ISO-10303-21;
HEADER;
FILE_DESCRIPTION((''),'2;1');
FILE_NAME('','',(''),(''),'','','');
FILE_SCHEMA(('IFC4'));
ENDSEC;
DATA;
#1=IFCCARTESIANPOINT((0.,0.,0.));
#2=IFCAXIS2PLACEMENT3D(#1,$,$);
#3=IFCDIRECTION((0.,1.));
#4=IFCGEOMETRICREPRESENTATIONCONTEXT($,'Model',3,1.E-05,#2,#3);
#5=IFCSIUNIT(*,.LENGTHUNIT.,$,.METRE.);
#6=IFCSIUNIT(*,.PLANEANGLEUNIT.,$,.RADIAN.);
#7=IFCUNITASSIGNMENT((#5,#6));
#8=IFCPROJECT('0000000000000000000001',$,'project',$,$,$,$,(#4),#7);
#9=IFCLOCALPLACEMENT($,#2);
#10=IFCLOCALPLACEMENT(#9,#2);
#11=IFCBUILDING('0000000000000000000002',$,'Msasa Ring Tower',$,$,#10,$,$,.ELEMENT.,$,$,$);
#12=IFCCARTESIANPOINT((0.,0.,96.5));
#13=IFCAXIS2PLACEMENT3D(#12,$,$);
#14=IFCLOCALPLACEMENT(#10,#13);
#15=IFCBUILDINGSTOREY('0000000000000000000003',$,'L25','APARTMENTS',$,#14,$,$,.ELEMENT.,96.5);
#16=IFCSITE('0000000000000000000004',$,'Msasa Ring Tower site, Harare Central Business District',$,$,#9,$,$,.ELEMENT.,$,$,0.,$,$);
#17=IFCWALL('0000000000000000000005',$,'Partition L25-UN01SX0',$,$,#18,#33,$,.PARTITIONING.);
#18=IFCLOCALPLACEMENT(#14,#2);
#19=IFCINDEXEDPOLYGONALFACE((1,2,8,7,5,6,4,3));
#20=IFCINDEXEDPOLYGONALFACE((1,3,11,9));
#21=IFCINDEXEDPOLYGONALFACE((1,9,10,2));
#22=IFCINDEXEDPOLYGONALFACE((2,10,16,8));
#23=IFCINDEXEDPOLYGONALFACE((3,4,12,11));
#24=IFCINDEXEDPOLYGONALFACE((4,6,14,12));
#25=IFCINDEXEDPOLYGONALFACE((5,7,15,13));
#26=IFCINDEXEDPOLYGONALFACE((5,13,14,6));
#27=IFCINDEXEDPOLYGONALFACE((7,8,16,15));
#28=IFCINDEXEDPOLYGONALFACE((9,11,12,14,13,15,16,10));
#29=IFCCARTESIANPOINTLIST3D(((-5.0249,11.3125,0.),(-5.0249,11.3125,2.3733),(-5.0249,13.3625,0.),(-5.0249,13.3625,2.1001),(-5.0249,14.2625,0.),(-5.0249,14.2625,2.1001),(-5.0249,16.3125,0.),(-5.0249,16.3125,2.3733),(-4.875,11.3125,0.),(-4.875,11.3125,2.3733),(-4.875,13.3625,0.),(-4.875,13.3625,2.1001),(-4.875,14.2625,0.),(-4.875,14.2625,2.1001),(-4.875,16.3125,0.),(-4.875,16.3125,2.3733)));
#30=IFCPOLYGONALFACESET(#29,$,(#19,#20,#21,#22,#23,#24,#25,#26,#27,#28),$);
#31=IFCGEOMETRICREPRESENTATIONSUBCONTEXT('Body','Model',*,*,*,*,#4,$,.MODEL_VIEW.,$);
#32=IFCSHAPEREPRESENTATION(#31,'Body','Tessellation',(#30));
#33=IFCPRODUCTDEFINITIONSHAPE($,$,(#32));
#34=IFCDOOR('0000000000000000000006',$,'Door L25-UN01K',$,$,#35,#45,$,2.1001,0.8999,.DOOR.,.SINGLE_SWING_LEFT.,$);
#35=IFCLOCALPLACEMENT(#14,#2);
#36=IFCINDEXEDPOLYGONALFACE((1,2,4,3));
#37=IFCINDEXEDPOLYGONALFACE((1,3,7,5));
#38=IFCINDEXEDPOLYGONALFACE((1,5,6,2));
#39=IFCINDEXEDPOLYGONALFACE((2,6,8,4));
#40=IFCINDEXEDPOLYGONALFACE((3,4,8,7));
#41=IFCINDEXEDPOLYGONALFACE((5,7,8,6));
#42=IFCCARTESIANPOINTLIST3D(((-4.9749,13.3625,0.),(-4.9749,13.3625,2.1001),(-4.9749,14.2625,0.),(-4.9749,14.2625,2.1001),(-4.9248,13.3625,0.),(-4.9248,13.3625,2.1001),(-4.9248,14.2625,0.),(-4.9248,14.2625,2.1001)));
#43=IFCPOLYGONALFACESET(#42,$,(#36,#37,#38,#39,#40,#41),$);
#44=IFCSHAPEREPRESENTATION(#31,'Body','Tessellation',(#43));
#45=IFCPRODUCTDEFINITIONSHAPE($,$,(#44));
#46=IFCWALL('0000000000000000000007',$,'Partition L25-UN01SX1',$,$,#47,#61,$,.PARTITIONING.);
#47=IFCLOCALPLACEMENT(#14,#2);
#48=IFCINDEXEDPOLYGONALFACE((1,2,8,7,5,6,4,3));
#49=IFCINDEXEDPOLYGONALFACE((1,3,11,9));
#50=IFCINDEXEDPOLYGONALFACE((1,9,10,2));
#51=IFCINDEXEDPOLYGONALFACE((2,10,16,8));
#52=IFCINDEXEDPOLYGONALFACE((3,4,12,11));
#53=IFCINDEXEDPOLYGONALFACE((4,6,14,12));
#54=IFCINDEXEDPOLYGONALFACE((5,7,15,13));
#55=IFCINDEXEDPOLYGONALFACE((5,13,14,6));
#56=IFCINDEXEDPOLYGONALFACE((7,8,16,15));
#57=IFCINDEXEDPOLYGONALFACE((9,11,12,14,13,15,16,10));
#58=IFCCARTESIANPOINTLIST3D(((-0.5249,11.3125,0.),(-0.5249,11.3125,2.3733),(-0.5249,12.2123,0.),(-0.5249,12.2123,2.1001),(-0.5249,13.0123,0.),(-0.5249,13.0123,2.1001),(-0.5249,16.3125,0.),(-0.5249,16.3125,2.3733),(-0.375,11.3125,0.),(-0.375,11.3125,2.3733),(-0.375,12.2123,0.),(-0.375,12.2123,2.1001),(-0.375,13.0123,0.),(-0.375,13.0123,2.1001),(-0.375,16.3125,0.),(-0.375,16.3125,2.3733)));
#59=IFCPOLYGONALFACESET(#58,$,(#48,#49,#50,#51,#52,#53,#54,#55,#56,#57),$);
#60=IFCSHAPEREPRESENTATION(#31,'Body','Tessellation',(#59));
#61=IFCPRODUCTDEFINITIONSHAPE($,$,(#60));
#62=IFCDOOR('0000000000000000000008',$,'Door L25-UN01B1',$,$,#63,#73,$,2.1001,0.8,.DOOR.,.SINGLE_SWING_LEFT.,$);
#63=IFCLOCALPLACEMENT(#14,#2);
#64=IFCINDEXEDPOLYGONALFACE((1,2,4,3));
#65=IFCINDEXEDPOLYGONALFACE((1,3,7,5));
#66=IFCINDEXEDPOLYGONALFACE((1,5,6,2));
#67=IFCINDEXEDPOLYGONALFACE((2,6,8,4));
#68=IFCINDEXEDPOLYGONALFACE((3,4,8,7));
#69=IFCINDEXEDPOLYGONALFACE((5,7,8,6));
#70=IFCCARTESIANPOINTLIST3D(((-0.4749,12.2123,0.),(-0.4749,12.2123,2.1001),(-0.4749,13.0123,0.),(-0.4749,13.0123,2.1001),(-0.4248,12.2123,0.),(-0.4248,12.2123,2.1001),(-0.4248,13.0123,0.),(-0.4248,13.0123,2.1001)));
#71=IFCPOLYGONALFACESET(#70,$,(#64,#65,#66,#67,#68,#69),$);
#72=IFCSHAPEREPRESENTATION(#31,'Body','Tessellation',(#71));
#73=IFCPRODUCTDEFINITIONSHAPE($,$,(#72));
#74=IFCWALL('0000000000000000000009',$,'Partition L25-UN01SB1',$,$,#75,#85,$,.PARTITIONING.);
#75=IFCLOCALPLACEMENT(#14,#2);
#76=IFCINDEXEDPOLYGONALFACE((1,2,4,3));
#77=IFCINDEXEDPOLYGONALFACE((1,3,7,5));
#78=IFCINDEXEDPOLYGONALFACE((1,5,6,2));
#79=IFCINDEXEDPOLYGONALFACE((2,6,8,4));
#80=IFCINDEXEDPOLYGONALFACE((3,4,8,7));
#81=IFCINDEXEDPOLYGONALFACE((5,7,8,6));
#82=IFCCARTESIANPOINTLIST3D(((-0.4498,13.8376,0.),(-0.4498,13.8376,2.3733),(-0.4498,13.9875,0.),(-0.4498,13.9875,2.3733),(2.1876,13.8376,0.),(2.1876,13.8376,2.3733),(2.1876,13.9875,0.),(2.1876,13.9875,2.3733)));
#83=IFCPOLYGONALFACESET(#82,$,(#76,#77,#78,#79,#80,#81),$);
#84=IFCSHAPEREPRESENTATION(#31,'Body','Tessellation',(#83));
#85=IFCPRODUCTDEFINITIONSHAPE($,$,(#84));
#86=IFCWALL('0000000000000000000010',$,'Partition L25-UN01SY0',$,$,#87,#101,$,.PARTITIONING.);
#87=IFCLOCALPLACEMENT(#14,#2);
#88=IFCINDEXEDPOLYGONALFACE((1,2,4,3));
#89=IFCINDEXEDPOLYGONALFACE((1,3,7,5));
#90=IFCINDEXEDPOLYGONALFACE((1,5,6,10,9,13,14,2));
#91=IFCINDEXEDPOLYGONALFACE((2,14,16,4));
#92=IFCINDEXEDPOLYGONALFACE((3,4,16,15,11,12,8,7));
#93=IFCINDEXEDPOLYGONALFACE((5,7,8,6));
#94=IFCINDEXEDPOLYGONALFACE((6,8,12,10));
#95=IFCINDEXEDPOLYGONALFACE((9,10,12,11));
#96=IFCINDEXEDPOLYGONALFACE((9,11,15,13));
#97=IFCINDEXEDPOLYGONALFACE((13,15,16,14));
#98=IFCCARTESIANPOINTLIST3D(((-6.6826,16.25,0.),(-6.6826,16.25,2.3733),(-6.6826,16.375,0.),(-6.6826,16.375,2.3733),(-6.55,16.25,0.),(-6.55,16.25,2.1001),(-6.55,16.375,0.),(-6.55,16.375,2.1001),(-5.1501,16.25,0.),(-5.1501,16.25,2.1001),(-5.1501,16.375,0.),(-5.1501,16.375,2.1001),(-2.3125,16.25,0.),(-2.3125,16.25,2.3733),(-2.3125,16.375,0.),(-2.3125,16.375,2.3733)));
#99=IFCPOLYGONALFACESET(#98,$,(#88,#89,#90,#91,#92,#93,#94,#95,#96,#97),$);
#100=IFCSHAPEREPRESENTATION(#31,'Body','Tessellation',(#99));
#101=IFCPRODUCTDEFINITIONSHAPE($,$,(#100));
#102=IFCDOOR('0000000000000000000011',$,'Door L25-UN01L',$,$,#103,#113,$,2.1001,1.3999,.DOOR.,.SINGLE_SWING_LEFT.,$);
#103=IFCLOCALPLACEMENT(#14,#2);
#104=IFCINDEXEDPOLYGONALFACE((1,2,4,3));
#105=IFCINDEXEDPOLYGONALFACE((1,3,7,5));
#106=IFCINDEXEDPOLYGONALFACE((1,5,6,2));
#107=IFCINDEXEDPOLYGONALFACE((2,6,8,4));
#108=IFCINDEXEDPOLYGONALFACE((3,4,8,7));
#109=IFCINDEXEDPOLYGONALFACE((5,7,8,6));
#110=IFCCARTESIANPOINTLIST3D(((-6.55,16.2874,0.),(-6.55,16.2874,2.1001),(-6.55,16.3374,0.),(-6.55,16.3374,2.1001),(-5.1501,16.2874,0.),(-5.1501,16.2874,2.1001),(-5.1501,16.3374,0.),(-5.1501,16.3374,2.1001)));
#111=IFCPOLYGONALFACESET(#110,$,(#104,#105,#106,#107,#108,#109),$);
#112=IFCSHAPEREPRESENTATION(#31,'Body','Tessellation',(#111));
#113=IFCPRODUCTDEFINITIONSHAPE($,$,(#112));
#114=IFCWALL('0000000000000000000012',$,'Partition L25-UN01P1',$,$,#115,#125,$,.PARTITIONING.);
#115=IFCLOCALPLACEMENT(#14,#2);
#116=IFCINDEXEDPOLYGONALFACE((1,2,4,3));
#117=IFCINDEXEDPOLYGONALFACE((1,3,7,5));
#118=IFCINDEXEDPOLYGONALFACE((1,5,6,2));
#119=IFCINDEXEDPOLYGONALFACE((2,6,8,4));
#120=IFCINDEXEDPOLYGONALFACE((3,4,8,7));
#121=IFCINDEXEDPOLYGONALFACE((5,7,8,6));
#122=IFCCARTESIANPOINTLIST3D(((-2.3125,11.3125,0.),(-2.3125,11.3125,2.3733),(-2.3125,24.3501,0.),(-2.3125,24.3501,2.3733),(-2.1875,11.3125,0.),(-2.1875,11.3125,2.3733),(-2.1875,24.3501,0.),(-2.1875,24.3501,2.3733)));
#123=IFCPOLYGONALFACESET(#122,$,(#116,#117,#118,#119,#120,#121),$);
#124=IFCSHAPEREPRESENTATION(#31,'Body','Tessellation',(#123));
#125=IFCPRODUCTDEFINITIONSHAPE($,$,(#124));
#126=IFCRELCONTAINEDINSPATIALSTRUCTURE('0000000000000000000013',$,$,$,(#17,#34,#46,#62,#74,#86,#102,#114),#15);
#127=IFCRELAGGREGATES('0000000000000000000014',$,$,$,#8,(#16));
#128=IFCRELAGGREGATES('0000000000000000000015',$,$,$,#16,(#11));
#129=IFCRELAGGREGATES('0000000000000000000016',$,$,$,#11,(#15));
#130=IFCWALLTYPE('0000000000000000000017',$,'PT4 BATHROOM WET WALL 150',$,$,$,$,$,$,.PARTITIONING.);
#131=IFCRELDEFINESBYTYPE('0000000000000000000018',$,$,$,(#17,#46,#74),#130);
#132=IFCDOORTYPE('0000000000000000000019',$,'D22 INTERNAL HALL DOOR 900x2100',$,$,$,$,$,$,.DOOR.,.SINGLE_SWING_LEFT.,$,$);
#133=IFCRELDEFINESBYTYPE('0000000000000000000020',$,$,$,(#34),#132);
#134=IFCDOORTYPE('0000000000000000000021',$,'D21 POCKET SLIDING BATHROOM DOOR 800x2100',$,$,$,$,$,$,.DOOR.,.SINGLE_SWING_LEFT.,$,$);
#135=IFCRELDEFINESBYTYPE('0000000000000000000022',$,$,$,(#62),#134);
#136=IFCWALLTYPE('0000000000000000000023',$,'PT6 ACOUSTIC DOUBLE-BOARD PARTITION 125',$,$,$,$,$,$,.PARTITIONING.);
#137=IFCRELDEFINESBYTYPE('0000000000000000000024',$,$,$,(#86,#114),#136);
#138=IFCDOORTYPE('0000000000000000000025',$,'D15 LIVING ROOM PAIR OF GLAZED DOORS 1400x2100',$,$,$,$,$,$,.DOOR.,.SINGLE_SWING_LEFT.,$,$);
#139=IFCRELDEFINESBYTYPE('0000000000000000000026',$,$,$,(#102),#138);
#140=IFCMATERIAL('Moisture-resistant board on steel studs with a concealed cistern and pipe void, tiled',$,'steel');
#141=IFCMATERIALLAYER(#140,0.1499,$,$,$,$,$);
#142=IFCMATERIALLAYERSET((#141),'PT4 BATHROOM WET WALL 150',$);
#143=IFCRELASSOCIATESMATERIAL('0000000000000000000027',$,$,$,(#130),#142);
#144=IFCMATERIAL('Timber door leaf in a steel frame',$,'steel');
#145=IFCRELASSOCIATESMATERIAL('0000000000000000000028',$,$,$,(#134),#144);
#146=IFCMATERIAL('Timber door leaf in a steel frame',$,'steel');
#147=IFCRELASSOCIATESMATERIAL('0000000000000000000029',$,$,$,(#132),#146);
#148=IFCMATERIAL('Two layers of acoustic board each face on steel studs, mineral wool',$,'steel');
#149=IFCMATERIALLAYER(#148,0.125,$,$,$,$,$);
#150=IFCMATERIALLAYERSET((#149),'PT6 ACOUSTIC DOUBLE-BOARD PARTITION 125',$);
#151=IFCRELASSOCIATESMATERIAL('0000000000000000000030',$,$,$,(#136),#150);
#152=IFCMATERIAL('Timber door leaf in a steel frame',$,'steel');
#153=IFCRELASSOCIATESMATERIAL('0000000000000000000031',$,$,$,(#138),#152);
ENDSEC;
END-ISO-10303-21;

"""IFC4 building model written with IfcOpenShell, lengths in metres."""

from ifc_helpers import new_model, si_unit, direction, frame, frame_2d, origin, place, context, subcontext, project, spatial, rectangle, extrude, material, layer, layer_set, type_object, element, fill, save


model = new_model("IFC4")

# Units and contexts
model_context = context("Model", 3, precision=1e-05, world=origin(), true_north=direction((0.0, 1.0)))
body_context = subcontext(model_context, "Body", "Model", "MODEL_VIEW")
ifc_project = project(units=[si_unit("LENGTHUNIT", "METRE"), si_unit("PLANEANGLEUNIT", "RADIAN")], contexts=[model_context])

# Site, building, storey
site_placement = place(None, origin())
site = spatial("IfcSite", under=ifc_project, at=site_placement, Name="Msasa Ring Tower site, Harare Central Business District", CompositionType="ELEMENT", RefElevation=0.0)
building_placement = place(site_placement, origin())
building = spatial("IfcBuilding", under=site, at=building_placement, Name="Msasa Ring Tower", CompositionType="ELEMENT")
storey_placement = place(building_placement, frame((0.0, 0.0, 96.5)))
storey = spatial("IfcBuildingStorey", under=building, at=storey_placement, Name="L25", Description="APARTMENTS", CompositionType="ELEMENT", Elevation=96.5)

# Shared definitions
ifc_material_1 = material(Name="Moisture-resistant board on steel studs with a concealed cistern and pipe void, tiled", Category="steel")
ifc_layer_1 = layer(ifc_material_1, 0.1499)
ifc_layer_set_1 = layer_set([ifc_layer_1], Name="PT4 BATHROOM WET WALL 150")
wall_type_1 = type_object("IfcWallType", Name="PT4 BATHROOM WET WALL 150", PredefinedType="PARTITIONING", material=ifc_layer_set_1)
ifc_material_2 = material(Name="Timber door leaf in a steel frame", Category="steel")
door_type_1 = type_object("IfcDoorType", Name="D21 POCKET SLIDING BATHROOM DOOR 800x2100", OperationType="SINGLE_SWING_LEFT", PredefinedType="DOOR", material=ifc_material_2)

# Walls, openings, doors
wall_1_placement = place(storey_placement, frame((-4.95, 11.3125, 0.0), z_axis=(0.0, 0.0, 1.0), x_axis=(0.0, 1.0, 0.0)))
wall_1 = element("IfcWall", 1, at=wall_1_placement, inside=storey, type_object=wall_type_1, Name="Partition L25-UN01SX0", PredefinedType="PARTITIONING", context=body_context, shape_type="SweptSolid", body=[
    extrude(rectangle(XDim=5.0, YDim=0.1499, at=frame_2d((2.5, 0.0))), origin(), (0.0, 0.0, 1.0), 2.3733),
])
opening_1_placement = place(wall_1_placement, frame((2.05, 0.0, 0.0)))
opening_1 = element("IfcOpeningElement", 2, at=opening_1_placement, cuts=wall_1, PredefinedType="OPENING", context=body_context, shape_type="SweptSolid", body=[
    extrude(rectangle(XDim=0.8999, YDim=2.1001, at=frame_2d((0.45, 1.05))), frame((0.0, 0.085, 0.0), z_axis=(0.0, -1.0, 0.0), x_axis=(1.0, 0.0, 0.0)), (0.0, 0.0, 1.0), 0.1699),
])
ifc_material_3 = material(Name="Timber door leaf in a steel frame", Category="steel")
door_type_2 = type_object("IfcDoorType", Name="D22 INTERNAL HALL DOOR 900x2100", OperationType="SINGLE_SWING_LEFT", PredefinedType="DOOR", material=ifc_material_3)
door_1_placement = place(opening_1_placement, origin())
door_1 = element("IfcDoor", 3, at=door_1_placement, inside=storey, type_object=door_type_2, Name="Door L25-UN01K", OperationType="SINGLE_SWING_LEFT", OverallHeight=2.1001, OverallWidth=0.8999, PredefinedType="DOOR", context=body_context, shape_type="SweptSolid", body=[
    extrude(rectangle(XDim=0.8999, YDim=2.1001, at=frame_2d((0.45, 1.05))), frame((0.0, 0.0249, 0.0), z_axis=(0.0, -1.0, 0.0), x_axis=(1.0, 0.0, 0.0)), (0.0, 0.0, 1.0), 0.05),
])
fill(opening_1, door_1)
wall_2_placement = place(storey_placement, frame((-0.45, 11.3125, 0.0), z_axis=(0.0, 0.0, 1.0), x_axis=(0.0, 1.0, 0.0)))
wall_2 = element("IfcWall", 4, at=wall_2_placement, inside=storey, type_object=wall_type_1, Name="Partition L25-UN01SX1", PredefinedType="PARTITIONING", context=body_context, shape_type="SweptSolid", body=[
    extrude(rectangle(XDim=5.0, YDim=0.1499, at=frame_2d((2.5, 0.0))), origin(), (0.0, 0.0, 1.0), 2.3733),
])
opening_2_placement = place(wall_2_placement, frame((0.8999, 0.0, 0.0)))
opening_2 = element("IfcOpeningElement", 5, at=opening_2_placement, cuts=wall_2, PredefinedType="OPENING", context=body_context, shape_type="SweptSolid", body=[
    extrude(rectangle(XDim=0.8, YDim=2.1001, at=frame_2d((0.3999, 1.05))), frame((0.0, 0.085, 0.0), z_axis=(0.0, -1.0, 0.0), x_axis=(1.0, 0.0, 0.0)), (0.0, 0.0, 1.0), 0.1699),
])
door_2_placement = place(opening_2_placement, origin())
door_2 = element("IfcDoor", 6, at=door_2_placement, inside=storey, type_object=door_type_1, Name="Door L25-UN01B1", OperationType="SINGLE_SWING_LEFT", OverallHeight=2.1001, OverallWidth=0.8, PredefinedType="DOOR", context=body_context, shape_type="SweptSolid", body=[
    extrude(rectangle(XDim=0.8, YDim=2.1001, at=frame_2d((0.3999, 1.05))), frame((0.0, 0.0249, 0.0), z_axis=(0.0, -1.0, 0.0), x_axis=(1.0, 0.0, 0.0)), (0.0, 0.0, 1.0), 0.05),
])
fill(opening_2, door_2)

# Wall
wall_3_placement = place(storey_placement, frame((-0.45, 13.9126, 0.0), z_axis=(0.0, 0.0, 1.0), x_axis=(1.0, 0.0, 0.0)))
element("IfcWall", 7, at=wall_3_placement, inside=storey, type_object=wall_type_1, Name="Partition L25-UN01SB1", PredefinedType="PARTITIONING", context=body_context, shape_type="SweptSolid", body=[
    extrude(rectangle(XDim=2.6375, YDim=0.1499, at=frame_2d((1.3188, 0.0))), origin(), (0.0, 0.0, 1.0), 2.3733),
])

# Wall, opening, door
ifc_material_4 = material(Name="Two layers of acoustic board each face on steel studs, mineral wool", Category="steel")
ifc_layer_2 = layer(ifc_material_4, 0.125)
ifc_layer_set_2 = layer_set([ifc_layer_2], Name="PT6 ACOUSTIC DOUBLE-BOARD PARTITION 125")
wall_type_2 = type_object("IfcWallType", Name="PT6 ACOUSTIC DOUBLE-BOARD PARTITION 125", PredefinedType="PARTITIONING", material=ifc_layer_set_2)
wall_4_placement = place(storey_placement, frame((-6.6826, 16.3125, 0.0), z_axis=(0.0, 0.0, 1.0), x_axis=(1.0, 0.0, 0.0)))
wall_4 = element("IfcWall", 8, at=wall_4_placement, inside=storey, type_object=wall_type_2, Name="Partition L25-UN01SY0", PredefinedType="PARTITIONING", context=body_context, shape_type="SweptSolid", body=[
    extrude(rectangle(XDim=4.3701, YDim=0.125, at=frame_2d((2.1851, 0.0))), origin(), (0.0, 0.0, 1.0), 2.3733),
])
opening_3_placement = place(wall_4_placement, frame((0.1326, 0.0, 0.0)))
opening_3 = element("IfcOpeningElement", 9, at=opening_3_placement, cuts=wall_4, PredefinedType="OPENING", context=body_context, shape_type="SweptSolid", body=[
    extrude(rectangle(XDim=1.3999, YDim=2.1001, at=frame_2d((0.7, 1.05))), frame((0.0, 0.0725, 0.0), z_axis=(0.0, -1.0, 0.0), x_axis=(1.0, 0.0, 0.0)), (0.0, 0.0, 1.0), 0.145),
])
ifc_material_5 = material(Name="Timber door leaf in a steel frame", Category="steel")
door_type_3 = type_object("IfcDoorType", Name="D15 LIVING ROOM PAIR OF GLAZED DOORS 1400x2100", OperationType="SINGLE_SWING_LEFT", PredefinedType="DOOR", material=ifc_material_5)
door_3_placement = place(opening_3_placement, origin())
door_3 = element("IfcDoor", 10, at=door_3_placement, inside=storey, type_object=door_type_3, Name="Door L25-UN01L", OperationType="SINGLE_SWING_LEFT", OverallHeight=2.1001, OverallWidth=1.3999, PredefinedType="DOOR", context=body_context, shape_type="SweptSolid", body=[
    extrude(rectangle(XDim=1.3999, YDim=2.1001, at=frame_2d((0.7, 1.05))), frame((0.0, 0.0249, 0.0), z_axis=(0.0, -1.0, 0.0), x_axis=(1.0, 0.0, 0.0)), (0.0, 0.0, 1.0), 0.05),
])
fill(opening_3, door_3)

# Wall
wall_5_placement = place(storey_placement, frame((-2.25, 11.3125, 0.0), z_axis=(0.0, 0.0, 1.0), x_axis=(0.0, 1.0, 0.0)))
element("IfcWall", 11, at=wall_5_placement, inside=storey, type_object=wall_type_2, Name="Partition L25-UN01P1", PredefinedType="PARTITIONING", context=body_context, shape_type="SweptSolid", body=[
    extrude(rectangle(XDim=13.0376, YDim=0.125, at=frame_2d((6.5188, 0.0))), origin(), (0.0, 0.0, 1.0), 2.3733),
])

save(model, "model.ifc")
